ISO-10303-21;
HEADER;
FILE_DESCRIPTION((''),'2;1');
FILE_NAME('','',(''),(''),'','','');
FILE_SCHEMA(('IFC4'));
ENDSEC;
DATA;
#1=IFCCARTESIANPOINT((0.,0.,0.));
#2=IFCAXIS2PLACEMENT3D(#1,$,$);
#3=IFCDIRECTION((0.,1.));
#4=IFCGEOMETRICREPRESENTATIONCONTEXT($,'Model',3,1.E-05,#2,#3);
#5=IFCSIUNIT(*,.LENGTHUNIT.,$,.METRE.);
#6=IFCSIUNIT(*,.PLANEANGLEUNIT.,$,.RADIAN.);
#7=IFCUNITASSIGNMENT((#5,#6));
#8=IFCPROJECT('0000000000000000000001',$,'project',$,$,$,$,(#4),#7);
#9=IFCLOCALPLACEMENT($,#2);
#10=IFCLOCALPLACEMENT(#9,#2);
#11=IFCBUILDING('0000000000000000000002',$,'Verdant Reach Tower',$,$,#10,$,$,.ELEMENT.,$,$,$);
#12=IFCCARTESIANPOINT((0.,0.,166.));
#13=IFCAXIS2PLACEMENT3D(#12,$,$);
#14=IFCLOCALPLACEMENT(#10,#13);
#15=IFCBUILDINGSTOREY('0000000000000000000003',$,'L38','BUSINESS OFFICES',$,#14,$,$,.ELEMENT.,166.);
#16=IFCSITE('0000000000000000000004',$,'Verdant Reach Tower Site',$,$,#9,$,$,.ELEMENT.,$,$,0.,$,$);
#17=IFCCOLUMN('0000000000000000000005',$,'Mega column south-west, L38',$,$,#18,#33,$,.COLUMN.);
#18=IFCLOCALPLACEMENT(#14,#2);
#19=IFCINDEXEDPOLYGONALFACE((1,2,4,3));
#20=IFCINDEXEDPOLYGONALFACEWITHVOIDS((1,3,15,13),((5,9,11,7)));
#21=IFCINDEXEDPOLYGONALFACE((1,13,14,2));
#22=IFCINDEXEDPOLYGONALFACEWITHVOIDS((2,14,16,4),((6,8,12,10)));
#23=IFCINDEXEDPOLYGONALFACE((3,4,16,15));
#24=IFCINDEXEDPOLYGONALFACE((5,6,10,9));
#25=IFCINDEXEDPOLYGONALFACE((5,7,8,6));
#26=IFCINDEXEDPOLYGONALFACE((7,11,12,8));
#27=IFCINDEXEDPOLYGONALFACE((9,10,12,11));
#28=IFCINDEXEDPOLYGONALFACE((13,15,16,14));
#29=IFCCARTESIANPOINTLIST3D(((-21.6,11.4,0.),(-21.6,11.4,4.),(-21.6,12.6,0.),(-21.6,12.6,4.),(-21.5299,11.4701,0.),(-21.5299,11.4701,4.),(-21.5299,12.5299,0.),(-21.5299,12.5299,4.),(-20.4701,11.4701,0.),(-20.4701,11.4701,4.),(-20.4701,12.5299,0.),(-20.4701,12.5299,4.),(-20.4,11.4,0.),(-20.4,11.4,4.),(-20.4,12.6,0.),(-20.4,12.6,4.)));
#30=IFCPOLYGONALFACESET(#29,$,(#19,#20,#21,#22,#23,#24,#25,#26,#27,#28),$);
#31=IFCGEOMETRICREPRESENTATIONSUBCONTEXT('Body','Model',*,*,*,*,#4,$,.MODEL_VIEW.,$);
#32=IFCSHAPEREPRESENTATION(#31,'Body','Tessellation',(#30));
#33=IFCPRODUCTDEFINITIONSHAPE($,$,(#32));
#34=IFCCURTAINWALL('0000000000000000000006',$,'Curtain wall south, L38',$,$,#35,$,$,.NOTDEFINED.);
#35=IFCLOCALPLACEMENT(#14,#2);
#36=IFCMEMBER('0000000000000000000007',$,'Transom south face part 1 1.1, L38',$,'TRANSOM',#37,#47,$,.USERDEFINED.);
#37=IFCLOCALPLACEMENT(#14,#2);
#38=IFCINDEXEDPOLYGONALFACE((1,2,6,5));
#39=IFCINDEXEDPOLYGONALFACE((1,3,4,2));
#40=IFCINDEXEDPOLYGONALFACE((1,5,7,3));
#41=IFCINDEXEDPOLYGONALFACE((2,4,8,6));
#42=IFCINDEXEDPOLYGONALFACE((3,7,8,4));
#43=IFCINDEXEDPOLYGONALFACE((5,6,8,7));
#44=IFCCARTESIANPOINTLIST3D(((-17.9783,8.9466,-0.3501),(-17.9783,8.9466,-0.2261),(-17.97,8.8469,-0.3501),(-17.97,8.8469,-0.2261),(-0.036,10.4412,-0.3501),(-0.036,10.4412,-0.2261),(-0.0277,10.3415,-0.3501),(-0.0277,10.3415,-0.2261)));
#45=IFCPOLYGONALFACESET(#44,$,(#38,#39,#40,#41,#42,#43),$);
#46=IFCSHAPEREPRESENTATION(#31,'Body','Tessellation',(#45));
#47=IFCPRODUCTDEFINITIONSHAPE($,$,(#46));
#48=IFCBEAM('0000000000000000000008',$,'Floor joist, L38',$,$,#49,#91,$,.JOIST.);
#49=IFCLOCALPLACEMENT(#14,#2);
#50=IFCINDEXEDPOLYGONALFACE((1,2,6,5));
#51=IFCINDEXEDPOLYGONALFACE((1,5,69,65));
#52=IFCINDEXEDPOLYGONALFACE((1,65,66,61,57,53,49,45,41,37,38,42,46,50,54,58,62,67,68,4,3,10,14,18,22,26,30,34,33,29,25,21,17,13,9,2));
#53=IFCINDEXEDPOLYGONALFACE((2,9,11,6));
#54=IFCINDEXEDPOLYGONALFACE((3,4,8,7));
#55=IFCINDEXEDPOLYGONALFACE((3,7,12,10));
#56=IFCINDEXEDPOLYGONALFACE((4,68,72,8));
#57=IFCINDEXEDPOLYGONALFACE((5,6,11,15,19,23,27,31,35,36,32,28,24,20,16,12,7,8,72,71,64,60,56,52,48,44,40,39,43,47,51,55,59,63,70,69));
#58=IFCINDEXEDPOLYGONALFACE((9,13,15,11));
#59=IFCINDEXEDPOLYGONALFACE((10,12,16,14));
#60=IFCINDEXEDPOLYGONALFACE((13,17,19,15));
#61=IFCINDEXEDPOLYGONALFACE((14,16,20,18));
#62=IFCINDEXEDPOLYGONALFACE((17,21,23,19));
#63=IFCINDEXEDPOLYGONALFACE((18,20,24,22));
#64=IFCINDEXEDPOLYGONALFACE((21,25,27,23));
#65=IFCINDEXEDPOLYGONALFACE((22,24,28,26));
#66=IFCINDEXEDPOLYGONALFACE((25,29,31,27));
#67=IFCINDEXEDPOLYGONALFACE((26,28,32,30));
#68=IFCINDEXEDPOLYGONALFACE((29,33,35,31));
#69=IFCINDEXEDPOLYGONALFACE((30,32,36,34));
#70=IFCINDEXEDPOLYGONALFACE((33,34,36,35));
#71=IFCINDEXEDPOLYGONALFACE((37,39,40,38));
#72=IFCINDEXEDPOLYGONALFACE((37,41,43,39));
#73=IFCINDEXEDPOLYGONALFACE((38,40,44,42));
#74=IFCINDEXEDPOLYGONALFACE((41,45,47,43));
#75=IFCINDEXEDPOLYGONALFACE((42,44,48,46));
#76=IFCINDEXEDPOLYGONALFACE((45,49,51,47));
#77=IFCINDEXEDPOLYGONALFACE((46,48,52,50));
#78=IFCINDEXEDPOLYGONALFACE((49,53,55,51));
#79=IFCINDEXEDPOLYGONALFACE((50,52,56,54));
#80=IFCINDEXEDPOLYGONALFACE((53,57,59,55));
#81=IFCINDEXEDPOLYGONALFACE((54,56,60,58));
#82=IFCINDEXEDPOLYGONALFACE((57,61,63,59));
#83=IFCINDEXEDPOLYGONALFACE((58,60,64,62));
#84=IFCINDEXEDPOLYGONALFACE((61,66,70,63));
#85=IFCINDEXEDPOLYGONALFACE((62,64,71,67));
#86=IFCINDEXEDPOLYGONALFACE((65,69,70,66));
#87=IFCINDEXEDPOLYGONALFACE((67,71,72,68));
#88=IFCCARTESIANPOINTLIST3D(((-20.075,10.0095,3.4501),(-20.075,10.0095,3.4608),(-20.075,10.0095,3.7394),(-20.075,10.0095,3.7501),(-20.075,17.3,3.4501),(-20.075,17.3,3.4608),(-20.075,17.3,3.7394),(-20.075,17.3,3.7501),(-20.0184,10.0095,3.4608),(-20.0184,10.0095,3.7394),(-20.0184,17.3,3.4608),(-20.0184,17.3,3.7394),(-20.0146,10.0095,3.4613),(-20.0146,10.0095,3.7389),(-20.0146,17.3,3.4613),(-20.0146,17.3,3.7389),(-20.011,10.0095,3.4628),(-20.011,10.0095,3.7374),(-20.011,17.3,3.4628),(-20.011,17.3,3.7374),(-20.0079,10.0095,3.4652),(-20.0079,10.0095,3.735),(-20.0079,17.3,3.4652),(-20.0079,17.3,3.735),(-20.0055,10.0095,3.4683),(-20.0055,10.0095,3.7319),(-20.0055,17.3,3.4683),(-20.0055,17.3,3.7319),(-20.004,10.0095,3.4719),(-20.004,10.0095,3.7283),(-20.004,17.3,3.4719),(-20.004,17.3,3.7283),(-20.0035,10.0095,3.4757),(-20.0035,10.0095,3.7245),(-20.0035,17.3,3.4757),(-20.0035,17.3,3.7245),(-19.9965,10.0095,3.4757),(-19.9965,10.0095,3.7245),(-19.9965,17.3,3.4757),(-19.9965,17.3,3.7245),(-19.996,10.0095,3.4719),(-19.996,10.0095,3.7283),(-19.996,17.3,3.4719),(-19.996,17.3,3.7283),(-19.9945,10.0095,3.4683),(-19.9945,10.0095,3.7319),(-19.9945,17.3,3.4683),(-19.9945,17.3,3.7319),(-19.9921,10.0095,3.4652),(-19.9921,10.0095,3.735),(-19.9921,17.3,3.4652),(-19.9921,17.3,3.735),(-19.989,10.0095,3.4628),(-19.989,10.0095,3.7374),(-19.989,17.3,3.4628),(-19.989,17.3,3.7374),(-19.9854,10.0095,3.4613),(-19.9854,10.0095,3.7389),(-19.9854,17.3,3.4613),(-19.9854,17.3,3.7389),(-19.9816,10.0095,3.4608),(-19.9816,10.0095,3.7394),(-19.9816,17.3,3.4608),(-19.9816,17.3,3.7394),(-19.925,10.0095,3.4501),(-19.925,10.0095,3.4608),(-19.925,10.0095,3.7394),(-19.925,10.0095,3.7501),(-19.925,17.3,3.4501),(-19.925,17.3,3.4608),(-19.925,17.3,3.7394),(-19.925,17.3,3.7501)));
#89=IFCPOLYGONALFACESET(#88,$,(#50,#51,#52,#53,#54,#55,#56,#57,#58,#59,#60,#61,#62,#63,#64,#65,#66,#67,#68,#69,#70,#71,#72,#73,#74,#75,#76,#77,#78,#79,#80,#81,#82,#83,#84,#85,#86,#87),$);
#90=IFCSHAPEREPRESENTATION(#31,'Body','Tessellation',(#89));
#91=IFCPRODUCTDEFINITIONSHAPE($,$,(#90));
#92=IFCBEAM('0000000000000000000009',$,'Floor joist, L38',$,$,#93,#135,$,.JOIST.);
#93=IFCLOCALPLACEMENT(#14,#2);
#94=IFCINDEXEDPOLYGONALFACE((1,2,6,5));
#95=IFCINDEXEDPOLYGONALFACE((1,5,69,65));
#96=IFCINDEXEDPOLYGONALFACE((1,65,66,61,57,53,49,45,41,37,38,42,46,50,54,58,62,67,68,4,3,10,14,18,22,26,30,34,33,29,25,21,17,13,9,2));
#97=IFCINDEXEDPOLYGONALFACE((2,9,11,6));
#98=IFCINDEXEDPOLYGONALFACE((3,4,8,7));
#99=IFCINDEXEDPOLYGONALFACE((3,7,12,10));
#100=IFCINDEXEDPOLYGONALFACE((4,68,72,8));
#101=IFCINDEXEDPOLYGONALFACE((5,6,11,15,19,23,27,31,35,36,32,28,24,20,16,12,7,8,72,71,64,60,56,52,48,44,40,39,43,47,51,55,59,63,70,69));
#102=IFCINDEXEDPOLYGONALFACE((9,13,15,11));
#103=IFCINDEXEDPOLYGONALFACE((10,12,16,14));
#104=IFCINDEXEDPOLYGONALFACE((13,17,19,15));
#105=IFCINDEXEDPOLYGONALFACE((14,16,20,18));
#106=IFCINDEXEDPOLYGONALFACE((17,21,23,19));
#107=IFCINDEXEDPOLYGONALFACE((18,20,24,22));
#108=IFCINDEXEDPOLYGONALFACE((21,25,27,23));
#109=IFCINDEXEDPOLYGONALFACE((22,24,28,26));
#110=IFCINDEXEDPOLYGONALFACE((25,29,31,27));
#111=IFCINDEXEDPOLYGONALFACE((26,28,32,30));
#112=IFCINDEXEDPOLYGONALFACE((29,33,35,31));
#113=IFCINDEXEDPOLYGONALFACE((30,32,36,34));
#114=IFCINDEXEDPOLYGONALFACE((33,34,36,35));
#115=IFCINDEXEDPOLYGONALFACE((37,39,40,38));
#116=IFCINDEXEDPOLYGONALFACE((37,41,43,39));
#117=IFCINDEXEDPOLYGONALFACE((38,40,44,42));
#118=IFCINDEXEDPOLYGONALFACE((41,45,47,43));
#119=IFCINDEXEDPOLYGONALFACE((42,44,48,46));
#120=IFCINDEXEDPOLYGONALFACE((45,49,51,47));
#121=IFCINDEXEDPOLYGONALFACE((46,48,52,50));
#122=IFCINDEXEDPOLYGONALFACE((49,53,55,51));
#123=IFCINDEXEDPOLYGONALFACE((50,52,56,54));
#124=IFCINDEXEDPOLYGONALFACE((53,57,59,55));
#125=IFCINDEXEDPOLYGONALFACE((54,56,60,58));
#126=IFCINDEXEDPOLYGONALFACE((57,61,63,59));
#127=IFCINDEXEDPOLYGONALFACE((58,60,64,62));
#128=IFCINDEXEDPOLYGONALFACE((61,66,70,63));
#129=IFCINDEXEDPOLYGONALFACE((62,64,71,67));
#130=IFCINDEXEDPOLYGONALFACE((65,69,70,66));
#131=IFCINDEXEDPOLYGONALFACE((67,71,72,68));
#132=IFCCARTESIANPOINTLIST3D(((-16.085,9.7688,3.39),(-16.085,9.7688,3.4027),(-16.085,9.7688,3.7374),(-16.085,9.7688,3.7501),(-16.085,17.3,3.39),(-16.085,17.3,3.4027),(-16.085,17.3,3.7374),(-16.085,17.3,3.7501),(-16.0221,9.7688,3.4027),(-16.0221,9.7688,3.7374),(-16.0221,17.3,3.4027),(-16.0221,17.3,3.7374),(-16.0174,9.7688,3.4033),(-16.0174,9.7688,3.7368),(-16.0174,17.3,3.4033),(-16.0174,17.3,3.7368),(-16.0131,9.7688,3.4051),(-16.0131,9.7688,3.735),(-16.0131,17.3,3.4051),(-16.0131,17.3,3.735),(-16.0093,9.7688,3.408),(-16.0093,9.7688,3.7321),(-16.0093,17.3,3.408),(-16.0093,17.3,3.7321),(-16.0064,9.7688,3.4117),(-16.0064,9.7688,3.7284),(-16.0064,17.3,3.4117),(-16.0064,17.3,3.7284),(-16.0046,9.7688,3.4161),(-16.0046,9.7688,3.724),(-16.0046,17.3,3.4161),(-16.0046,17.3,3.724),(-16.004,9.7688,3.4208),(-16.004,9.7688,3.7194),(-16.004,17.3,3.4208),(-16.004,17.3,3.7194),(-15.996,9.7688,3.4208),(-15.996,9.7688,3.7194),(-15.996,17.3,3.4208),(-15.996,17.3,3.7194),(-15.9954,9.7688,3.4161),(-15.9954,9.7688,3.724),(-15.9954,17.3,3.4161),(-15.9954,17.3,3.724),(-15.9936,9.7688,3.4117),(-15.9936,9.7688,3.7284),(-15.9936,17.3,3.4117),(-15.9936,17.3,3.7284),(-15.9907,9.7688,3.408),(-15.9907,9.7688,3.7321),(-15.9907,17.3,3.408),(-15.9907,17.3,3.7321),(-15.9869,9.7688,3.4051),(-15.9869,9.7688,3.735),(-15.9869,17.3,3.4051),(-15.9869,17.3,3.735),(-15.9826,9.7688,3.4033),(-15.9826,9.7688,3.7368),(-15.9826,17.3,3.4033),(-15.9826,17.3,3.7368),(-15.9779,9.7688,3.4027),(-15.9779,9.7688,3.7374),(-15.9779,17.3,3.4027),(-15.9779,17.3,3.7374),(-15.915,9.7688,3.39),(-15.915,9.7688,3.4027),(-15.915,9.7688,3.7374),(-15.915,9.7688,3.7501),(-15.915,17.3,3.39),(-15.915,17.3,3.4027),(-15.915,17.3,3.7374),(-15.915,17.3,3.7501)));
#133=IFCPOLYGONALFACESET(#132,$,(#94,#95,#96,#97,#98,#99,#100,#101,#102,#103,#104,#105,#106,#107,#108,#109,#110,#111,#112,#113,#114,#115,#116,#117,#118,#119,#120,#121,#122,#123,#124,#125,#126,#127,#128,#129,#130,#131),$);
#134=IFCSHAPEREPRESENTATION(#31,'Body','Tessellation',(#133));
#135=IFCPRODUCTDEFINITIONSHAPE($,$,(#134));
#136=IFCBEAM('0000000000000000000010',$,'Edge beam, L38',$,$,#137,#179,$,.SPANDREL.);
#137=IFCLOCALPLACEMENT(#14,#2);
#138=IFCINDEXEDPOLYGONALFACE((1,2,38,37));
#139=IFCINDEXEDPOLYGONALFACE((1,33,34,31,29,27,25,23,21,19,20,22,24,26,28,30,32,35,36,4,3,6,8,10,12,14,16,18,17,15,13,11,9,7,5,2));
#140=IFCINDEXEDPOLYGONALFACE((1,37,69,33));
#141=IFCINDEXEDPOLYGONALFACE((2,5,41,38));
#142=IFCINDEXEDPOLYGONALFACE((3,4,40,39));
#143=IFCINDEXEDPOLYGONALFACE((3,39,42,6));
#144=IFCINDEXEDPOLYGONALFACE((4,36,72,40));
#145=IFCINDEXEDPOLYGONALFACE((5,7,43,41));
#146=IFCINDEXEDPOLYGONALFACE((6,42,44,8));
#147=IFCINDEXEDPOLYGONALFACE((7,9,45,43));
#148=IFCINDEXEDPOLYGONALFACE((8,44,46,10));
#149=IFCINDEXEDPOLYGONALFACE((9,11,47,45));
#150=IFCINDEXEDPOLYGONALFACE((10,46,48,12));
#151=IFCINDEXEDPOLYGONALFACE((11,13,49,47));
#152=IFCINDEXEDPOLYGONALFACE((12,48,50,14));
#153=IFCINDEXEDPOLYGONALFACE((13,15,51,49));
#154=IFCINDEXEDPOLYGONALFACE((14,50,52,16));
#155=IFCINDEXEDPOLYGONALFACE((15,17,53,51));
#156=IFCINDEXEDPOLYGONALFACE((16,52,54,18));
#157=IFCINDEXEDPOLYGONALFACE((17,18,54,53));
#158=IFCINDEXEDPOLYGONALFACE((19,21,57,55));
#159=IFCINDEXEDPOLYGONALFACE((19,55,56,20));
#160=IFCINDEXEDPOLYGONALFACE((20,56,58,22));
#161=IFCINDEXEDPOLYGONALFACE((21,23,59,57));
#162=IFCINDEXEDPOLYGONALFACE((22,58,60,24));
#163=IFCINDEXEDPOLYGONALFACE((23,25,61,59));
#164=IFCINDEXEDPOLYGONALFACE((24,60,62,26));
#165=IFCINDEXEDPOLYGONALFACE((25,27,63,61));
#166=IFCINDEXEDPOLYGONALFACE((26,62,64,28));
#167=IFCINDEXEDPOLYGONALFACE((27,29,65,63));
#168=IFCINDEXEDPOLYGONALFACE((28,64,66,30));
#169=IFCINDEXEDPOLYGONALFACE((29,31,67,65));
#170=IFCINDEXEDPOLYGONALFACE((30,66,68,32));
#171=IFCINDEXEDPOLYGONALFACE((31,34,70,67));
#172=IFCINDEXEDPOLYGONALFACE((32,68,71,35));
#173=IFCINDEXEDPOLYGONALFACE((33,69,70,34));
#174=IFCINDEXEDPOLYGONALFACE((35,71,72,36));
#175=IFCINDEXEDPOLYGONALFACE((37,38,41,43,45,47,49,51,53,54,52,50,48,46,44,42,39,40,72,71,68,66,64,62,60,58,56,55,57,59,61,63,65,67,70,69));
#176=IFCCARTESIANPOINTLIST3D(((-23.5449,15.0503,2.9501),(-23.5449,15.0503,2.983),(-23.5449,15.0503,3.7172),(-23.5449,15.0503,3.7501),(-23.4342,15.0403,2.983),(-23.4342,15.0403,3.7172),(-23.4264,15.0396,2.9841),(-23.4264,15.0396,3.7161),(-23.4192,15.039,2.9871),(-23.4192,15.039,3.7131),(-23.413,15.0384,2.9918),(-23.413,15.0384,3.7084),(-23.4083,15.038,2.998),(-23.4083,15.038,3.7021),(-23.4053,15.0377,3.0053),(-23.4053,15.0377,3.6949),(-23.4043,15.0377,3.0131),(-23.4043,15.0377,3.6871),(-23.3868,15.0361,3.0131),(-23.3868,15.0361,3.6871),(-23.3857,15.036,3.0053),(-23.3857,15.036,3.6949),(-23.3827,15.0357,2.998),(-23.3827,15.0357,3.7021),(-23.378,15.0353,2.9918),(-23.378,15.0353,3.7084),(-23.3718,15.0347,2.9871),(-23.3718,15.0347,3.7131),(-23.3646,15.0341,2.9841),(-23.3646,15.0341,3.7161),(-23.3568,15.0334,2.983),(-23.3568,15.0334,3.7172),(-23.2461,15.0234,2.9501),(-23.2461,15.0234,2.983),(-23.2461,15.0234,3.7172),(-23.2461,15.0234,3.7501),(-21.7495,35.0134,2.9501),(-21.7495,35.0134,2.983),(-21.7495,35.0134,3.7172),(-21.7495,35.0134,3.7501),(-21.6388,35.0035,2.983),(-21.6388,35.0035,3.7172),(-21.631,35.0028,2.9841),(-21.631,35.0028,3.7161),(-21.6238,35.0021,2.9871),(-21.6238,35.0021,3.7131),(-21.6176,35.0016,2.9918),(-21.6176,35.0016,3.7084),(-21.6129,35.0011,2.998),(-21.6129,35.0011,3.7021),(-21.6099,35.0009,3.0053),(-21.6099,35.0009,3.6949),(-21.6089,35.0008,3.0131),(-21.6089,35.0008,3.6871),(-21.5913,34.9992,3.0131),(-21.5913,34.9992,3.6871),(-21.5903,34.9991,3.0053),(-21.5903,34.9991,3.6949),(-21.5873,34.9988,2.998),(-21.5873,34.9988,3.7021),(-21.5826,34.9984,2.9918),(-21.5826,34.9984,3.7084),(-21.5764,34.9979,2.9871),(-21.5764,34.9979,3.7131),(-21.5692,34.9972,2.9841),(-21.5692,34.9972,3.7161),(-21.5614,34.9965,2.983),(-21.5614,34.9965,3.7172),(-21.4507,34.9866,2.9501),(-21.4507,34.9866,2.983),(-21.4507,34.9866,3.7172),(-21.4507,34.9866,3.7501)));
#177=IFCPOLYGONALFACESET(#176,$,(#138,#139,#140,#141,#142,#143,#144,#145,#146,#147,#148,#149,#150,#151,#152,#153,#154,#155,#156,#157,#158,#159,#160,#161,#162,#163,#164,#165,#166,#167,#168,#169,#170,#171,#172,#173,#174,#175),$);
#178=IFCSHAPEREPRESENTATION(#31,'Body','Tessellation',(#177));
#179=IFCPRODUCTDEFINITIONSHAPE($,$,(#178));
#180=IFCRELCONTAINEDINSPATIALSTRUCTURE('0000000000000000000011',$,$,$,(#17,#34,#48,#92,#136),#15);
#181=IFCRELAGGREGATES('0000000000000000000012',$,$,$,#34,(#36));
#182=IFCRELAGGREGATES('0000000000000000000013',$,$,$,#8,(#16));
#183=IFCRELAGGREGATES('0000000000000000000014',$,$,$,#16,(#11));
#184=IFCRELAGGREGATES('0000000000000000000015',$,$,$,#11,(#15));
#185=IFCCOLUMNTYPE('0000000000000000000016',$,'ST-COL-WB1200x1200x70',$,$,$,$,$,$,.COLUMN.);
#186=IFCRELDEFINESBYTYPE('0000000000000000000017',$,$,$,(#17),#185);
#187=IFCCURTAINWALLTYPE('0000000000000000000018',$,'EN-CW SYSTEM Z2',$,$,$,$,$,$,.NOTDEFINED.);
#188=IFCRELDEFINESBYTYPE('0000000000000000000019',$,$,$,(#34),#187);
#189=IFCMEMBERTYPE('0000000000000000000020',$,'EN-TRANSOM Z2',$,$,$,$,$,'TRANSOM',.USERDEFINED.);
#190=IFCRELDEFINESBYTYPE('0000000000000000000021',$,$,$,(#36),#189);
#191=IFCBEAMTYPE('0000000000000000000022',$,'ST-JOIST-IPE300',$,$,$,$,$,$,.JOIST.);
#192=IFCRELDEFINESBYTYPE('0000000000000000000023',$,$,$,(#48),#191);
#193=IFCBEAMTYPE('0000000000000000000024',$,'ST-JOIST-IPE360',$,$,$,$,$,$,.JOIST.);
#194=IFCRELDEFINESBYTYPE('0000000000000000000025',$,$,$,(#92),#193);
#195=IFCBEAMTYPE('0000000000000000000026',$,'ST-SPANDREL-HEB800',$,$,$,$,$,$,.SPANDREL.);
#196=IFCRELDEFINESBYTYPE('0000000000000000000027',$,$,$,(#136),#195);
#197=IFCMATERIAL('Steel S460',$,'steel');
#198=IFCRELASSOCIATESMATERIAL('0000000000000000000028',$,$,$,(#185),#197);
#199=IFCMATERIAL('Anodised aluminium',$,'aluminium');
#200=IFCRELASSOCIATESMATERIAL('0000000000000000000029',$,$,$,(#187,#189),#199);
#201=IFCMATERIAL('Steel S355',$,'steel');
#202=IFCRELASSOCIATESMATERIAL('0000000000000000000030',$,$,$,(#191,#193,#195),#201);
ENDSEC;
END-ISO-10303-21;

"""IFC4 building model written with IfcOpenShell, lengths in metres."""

from ifc_helpers import new_model, si_unit, direction, frame, origin, origin_2d, place, context, subcontext, project, spatial, rectangle, hollow_rectangle, i_section, extrude, material, material_profile, profile_set, type_object, element, aggregate, save


model = new_model("IFC4")

# Units and contexts
model_context = context("Model", 3, precision=1e-05, world=origin(), true_north=direction((0.0, 1.0)))
body_context = subcontext(model_context, "Body", "Model", "MODEL_VIEW")
ifc_project = project(units=[si_unit("LENGTHUNIT", "METRE"), si_unit("PLANEANGLEUNIT", "RADIAN")], contexts=[model_context])

# Site, building, storey
site_placement = place(None, origin())
site = spatial("IfcSite", under=ifc_project, at=site_placement, Name="Verdant Reach Tower Site", CompositionType="ELEMENT", RefElevation=0.0)
building_placement = place(site_placement, origin())
building = spatial("IfcBuilding", under=site, at=building_placement, Name="Verdant Reach Tower", CompositionType="ELEMENT")
storey_placement = place(building_placement, frame((0.0, 0.0, 166.0)))
storey = spatial("IfcBuildingStorey", under=building, at=storey_placement, Name="L38", Description="BUSINESS OFFICES", CompositionType="ELEMENT", Elevation=166.0)

# Column
ifc_material_1 = material(Name="Steel S460", Category="steel")
ifc_material_profile_1 = material_profile(ifc_material_1, hollow_rectangle(XDim=1.2, YDim=1.2, WallThickness=0.0701, at=origin_2d()), Name="WB 1200x1200x70")
ifc_profile_set_1 = profile_set([ifc_material_profile_1], Name="Steel S460")
column_type = type_object("IfcColumnType", Name="ST-COL-WB1200x1200x70", PredefinedType="COLUMN", material=ifc_profile_set_1)
column_placement = place(storey_placement, frame((-21.0, 12.0, 0.0), z_axis=(0.0, 0.0, 1.0), x_axis=(1.0, 0.0, 0.0)))
element("IfcColumn", 1, at=column_placement, inside=storey, type_object=column_type, Name="Mega column south-west, L38", PredefinedType="COLUMN", context=body_context, shape_type="SweptSolid", body=[
    extrude(hollow_rectangle(XDim=1.2, YDim=1.2, WallThickness=0.0701, at=origin_2d()), origin(), (0.0, 0.0, 1.0), 4.0),
])

# Curtain wall, member
ifc_material_2 = material(Name="Anodised aluminium", Category="aluminium")
curtain_wall_type = type_object("IfcCurtainWallType", Name="EN-CW SYSTEM Z2", PredefinedType="NOTDEFINED", material=ifc_material_2)
curtain_wall_1_placement = place(storey_placement, origin())
curtain_wall_1 = element("IfcCurtainWall", 2, at=curtain_wall_1_placement, inside=storey, type_object=curtain_wall_type, Name="Curtain wall south, L38", PredefinedType="NOTDEFINED")
ifc_material_profile_2 = material_profile(ifc_material_2, rectangle(XDim=0.1001, YDim=0.124, at=origin_2d()), Name="Transom 124x100")
ifc_profile_set_2 = profile_set([ifc_material_profile_2], Name="Anodised aluminium")
member_type = type_object("IfcMemberType", Name="EN-TRANSOM Z2", ElementType="TRANSOM", PredefinedType="USERDEFINED", material=ifc_profile_set_2)
member_placement = place(storey_placement, frame((-17.9741, 8.8967, -0.2881), z_axis=(0.996548, 0.083015, 0.0), x_axis=(-0.083015, 0.996548, 0.0)))
member = element("IfcMember", 3, at=member_placement, type_object=member_type, Name="Transom south face part 1 1.1, L38", ObjectType="TRANSOM", PredefinedType="USERDEFINED", context=body_context, shape_type="SweptSolid", body=[
    extrude(rectangle(XDim=0.1001, YDim=0.124, at=origin_2d()), origin(), (0.0, 0.0, 1.0), 18.0044),
])

# Beams
ifc_material_3 = material(Name="Steel S355", Category="steel")
ifc_material_profile_3 = material_profile(ifc_material_3, i_section(OverallWidth=0.1499, OverallDepth=0.3, WebThickness=0.0071, FlangeThickness=0.0107, FilletRadius=0.0149, at=origin_2d()), Name="IPE 300")
ifc_profile_set_3 = profile_set([ifc_material_profile_3], Name="Steel S355")
beam_type_1 = type_object("IfcBeamType", Name="ST-JOIST-IPE300", PredefinedType="JOIST", material=ifc_profile_set_3)
beam_1_placement = place(storey_placement, frame((-20.0, 17.3, 3.6001), z_axis=(0.0, -1.0, 0.0), x_axis=(1.0, 0.0, 0.0)))
element("IfcBeam", 4, at=beam_1_placement, inside=storey, type_object=beam_type_1, Name="Floor joist, L38", PredefinedType="JOIST", context=body_context, shape_type="SweptSolid", body=[
    extrude(i_section(OverallWidth=0.1499, OverallDepth=0.3, WebThickness=0.0071, FlangeThickness=0.0107, FilletRadius=0.0149, at=origin_2d()), origin(), (0.0, 0.0, 1.0), 7.2905),
])
ifc_material_profile_4 = material_profile(ifc_material_3, i_section(OverallWidth=0.1699, OverallDepth=0.3601, WebThickness=0.0081, FlangeThickness=0.0127, FilletRadius=0.0181, at=origin_2d()), Name="IPE 360")
ifc_profile_set_4 = profile_set([ifc_material_profile_4], Name="Steel S355")
beam_type_2 = type_object("IfcBeamType", Name="ST-JOIST-IPE360", PredefinedType="JOIST", material=ifc_profile_set_4)
beam_2_placement = place(storey_placement, frame((-16.0, 17.3, 3.5701), z_axis=(0.0, -1.0, 0.0), x_axis=(1.0, 0.0, 0.0)))
element("IfcBeam", 5, at=beam_2_placement, inside=storey, type_object=beam_type_2, Name="Floor joist, L38", PredefinedType="JOIST", context=body_context, shape_type="SweptSolid", body=[
    extrude(i_section(OverallWidth=0.1699, OverallDepth=0.3601, WebThickness=0.0081, FlangeThickness=0.0127, FilletRadius=0.0181, at=origin_2d()), origin(), (0.0, 0.0, 1.0), 7.5312),
])
ifc_material_profile_5 = material_profile(ifc_material_3, i_section(OverallWidth=0.3, OverallDepth=0.8, WebThickness=0.0176, FlangeThickness=0.033, FilletRadius=0.03, at=origin_2d()), Name="HEB 800")
ifc_profile_set_5 = profile_set([ifc_material_profile_5], Name="Steel S355")
beam_type_3 = type_object("IfcBeamType", Name="ST-SPANDREL-HEB800", PredefinedType="SPANDREL", material=ifc_profile_set_5)
beam_3_placement = place(storey_placement, frame((-23.3955, 15.0369, 3.3501), z_axis=(0.089575, 0.99598, 0.0), x_axis=(-0.99598, 0.089575, 0.0)))
element("IfcBeam", 6, at=beam_3_placement, inside=storey, type_object=beam_type_3, Name="Edge beam, L38", PredefinedType="SPANDREL", context=body_context, shape_type="SweptSolid", body=[
    extrude(i_section(OverallWidth=0.3, OverallDepth=0.8, WebThickness=0.0176, FlangeThickness=0.033, FilletRadius=0.03, at=origin_2d()), origin(), (0.0, 0.0, 1.0), 20.0437),
])

aggregate(curtain_wall_1, [member])

save(model, "model.ifc")
